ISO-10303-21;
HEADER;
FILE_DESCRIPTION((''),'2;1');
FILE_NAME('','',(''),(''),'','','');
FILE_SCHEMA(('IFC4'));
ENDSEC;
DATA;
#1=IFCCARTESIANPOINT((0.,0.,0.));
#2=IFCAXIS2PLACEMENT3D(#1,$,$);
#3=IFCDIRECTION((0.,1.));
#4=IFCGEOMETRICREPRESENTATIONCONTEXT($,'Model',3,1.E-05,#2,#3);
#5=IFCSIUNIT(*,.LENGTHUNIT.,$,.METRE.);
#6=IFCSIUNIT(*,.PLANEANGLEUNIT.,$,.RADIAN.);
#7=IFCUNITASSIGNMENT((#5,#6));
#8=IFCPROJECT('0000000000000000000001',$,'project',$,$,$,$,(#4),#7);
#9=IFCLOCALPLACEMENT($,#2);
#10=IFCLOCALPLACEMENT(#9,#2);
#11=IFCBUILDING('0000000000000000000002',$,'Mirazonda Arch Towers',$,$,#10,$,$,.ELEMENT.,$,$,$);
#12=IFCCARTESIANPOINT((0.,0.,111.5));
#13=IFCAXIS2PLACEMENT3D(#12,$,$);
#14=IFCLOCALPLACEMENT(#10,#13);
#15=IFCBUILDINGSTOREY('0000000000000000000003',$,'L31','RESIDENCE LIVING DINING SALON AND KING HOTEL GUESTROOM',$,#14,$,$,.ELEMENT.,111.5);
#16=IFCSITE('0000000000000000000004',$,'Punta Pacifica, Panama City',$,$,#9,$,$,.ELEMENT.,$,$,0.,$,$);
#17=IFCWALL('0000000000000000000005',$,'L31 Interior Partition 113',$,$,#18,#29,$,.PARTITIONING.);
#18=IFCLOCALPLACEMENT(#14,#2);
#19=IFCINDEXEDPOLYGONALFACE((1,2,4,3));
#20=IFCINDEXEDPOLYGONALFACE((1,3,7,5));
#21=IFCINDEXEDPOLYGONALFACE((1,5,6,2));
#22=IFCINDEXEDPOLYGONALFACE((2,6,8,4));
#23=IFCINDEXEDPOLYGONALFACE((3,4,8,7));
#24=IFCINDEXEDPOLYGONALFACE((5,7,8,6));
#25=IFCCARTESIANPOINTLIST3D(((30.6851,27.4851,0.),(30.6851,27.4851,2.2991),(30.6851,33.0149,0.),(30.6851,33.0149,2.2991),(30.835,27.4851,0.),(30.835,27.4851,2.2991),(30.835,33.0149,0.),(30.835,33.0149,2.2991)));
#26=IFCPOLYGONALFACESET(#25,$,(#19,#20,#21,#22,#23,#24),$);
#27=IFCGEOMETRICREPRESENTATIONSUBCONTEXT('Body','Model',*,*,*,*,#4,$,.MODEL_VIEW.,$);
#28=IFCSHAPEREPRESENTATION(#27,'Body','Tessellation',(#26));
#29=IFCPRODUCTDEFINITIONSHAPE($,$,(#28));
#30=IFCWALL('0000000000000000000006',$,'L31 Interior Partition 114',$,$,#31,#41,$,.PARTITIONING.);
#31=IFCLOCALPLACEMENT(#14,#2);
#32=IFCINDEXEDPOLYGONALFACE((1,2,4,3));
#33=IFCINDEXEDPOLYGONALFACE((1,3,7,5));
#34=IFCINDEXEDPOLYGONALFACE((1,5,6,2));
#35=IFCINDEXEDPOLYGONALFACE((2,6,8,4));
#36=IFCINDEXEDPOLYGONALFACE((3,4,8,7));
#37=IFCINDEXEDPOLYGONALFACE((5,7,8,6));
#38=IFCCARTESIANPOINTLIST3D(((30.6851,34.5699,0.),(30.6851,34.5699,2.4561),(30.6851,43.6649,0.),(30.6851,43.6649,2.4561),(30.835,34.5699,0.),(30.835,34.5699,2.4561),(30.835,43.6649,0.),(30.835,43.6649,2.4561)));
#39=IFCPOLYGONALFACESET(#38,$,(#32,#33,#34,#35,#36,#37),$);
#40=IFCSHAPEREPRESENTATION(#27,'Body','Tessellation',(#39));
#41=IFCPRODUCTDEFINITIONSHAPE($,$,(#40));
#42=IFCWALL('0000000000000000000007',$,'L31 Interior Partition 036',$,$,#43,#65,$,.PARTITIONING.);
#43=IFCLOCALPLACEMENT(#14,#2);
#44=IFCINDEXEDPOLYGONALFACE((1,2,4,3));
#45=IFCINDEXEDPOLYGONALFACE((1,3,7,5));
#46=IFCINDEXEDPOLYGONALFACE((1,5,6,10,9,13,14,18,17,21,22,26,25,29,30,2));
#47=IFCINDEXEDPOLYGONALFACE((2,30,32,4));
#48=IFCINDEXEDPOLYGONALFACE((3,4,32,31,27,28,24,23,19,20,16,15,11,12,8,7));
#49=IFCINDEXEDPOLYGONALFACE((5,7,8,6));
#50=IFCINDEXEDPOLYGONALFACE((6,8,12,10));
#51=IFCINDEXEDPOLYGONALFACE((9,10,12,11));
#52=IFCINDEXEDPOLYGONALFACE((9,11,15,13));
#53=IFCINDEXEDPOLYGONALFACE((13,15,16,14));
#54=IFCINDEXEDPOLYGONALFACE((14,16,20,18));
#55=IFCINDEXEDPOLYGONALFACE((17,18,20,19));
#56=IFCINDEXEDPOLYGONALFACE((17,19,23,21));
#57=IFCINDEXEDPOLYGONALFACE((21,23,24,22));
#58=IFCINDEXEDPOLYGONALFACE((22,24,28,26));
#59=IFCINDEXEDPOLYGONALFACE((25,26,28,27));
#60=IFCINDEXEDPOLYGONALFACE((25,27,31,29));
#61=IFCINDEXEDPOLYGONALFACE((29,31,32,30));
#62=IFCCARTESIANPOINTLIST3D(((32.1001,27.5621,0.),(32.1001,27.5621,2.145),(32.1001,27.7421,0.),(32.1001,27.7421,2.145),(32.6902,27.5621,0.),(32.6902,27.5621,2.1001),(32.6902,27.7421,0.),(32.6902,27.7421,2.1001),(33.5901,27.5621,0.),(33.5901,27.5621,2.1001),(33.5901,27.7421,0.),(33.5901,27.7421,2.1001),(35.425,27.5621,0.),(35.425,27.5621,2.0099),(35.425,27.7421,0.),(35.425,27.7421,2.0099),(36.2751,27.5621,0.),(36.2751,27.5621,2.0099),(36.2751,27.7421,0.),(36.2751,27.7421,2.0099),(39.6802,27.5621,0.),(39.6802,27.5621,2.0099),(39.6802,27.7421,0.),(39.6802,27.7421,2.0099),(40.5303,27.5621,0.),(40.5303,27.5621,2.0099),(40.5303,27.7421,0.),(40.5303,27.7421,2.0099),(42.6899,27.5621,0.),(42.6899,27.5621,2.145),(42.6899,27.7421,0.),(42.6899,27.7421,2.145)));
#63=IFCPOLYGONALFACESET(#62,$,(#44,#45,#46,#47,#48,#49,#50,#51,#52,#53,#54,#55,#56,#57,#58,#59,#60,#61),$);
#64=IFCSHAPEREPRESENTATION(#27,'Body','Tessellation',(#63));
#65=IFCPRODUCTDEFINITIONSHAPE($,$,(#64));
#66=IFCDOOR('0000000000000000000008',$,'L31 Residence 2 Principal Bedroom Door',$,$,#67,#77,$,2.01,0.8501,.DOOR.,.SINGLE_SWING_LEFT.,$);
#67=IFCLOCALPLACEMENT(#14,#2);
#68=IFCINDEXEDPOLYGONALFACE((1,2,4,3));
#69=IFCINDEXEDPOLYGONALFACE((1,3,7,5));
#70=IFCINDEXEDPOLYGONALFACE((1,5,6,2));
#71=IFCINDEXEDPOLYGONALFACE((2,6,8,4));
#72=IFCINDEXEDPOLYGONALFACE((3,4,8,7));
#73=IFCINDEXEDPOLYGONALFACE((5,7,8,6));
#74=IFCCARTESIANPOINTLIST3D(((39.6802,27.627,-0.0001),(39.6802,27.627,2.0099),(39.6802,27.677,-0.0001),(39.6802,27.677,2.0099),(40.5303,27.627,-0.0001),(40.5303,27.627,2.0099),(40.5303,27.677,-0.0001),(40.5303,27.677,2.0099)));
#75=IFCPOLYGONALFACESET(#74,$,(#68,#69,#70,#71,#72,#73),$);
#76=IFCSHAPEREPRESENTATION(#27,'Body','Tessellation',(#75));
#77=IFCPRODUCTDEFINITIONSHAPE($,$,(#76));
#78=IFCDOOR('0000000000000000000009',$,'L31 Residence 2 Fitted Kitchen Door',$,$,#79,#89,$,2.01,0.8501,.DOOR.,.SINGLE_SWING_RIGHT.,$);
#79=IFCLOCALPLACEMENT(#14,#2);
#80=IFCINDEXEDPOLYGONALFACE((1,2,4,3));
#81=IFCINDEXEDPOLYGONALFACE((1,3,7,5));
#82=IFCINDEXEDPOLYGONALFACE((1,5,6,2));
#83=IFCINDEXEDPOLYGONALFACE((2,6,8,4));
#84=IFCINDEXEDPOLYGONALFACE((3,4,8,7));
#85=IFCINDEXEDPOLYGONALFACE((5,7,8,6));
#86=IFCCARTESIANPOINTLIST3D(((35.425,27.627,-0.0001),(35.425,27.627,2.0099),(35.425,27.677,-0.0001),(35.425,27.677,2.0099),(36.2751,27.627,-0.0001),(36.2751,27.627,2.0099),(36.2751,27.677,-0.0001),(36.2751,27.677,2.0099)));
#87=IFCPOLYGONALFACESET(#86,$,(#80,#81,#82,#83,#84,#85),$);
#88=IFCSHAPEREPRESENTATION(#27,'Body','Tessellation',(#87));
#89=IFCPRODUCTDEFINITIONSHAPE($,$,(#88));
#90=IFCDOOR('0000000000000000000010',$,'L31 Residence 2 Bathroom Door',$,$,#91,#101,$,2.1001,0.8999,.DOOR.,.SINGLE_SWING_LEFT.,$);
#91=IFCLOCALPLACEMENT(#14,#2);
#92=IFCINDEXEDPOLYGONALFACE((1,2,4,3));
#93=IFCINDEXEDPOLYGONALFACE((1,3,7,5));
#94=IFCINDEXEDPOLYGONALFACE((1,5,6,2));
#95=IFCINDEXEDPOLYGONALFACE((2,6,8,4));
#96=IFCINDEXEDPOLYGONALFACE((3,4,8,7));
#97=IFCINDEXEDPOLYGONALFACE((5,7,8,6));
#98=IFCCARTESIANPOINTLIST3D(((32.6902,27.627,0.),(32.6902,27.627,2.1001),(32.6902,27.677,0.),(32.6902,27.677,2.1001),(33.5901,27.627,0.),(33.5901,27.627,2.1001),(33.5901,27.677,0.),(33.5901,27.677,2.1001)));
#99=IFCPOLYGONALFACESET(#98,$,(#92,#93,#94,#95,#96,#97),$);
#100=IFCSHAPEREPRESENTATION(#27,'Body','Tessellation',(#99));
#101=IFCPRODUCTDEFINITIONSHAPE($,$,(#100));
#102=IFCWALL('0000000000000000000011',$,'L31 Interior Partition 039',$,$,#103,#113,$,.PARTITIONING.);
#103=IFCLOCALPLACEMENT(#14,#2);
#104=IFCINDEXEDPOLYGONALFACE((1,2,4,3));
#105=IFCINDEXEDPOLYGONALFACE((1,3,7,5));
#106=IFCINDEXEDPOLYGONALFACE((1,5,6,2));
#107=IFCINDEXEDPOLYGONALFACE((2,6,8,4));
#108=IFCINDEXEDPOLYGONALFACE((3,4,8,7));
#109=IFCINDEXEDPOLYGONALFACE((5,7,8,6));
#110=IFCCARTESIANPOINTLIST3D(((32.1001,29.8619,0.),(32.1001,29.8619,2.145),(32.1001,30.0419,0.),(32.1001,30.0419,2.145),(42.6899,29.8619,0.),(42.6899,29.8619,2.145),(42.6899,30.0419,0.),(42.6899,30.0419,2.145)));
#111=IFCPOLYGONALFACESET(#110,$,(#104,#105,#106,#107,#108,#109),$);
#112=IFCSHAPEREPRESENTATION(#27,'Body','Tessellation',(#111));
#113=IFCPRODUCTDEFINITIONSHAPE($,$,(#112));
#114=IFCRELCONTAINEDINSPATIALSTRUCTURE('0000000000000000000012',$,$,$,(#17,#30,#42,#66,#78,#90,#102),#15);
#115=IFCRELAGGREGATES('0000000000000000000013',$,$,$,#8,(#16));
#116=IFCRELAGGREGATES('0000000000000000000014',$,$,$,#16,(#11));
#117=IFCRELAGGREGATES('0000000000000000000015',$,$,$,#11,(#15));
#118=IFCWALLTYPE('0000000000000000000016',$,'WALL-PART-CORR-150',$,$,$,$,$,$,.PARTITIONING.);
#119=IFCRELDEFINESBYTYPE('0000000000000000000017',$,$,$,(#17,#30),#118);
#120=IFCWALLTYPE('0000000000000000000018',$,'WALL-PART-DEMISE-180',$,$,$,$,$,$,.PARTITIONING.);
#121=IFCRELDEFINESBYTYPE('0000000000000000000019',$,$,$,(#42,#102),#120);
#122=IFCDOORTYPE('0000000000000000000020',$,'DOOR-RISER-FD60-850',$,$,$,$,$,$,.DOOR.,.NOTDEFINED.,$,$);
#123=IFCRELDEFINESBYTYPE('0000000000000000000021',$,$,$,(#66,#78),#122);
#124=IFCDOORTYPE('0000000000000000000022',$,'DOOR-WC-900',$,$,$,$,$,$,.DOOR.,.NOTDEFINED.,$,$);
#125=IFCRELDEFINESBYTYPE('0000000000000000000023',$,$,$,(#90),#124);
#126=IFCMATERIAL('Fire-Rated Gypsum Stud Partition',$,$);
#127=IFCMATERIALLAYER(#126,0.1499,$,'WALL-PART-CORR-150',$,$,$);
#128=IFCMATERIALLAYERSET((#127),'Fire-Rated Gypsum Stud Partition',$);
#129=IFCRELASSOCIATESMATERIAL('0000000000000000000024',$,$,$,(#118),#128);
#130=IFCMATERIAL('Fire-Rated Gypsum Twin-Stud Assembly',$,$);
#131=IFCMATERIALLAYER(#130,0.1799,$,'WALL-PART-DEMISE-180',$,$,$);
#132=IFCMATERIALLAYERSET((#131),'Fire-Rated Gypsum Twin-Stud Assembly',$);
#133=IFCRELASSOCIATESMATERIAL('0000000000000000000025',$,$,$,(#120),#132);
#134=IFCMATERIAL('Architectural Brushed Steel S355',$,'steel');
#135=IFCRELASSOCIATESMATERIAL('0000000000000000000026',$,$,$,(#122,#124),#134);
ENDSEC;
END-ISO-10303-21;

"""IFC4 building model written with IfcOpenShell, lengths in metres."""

from ifc_helpers import new_model, si_unit, direction, frame, frame_2d, origin, place, context, subcontext, project, spatial, rectangle, extrude, material, layer, layer_set, type_object, element, fill, save


model = new_model("IFC4")

# Units and contexts
model_context = context("Model", 3, precision=1e-05, world=origin(), true_north=direction((0.0, 1.0)))
body_context = subcontext(model_context, "Body", "Model", "MODEL_VIEW")
ifc_project = project(units=[si_unit("LENGTHUNIT", "METRE"), si_unit("PLANEANGLEUNIT", "RADIAN")], contexts=[model_context])

# Site, building, storey
site_placement = place(None, origin())
site = spatial("IfcSite", under=ifc_project, at=site_placement, Name="Punta Pacifica, Panama City", CompositionType="ELEMENT", RefElevation=0.0)
building_placement = place(site_placement, origin())
building = spatial("IfcBuilding", under=site, at=building_placement, Name="Mirazonda Arch Towers", CompositionType="ELEMENT")
storey_placement = place(building_placement, frame((0.0, 0.0, 111.5)))
storey = spatial("IfcBuildingStorey", under=building, at=storey_placement, Name="L31", Description="RESIDENCE LIVING DINING SALON AND KING HOTEL GUESTROOM", CompositionType="ELEMENT", Elevation=111.5)

# Walls
ifc_material_1 = material(Name="Fire-Rated Gypsum Stud Partition")
ifc_layer_1 = layer(ifc_material_1, 0.1499, Name="WALL-PART-CORR-150")
ifc_layer_set_1 = layer_set([ifc_layer_1], Name="Fire-Rated Gypsum Stud Partition")
wall_type_1 = type_object("IfcWallType", Name="WALL-PART-CORR-150", PredefinedType="PARTITIONING", material=ifc_layer_set_1)
wall_1_placement = place(storey_placement, frame((30.76, 27.4851, 0.0), z_axis=(0.0, 0.0, 1.0), x_axis=(0.0, 1.0, 0.0)))
element("IfcWall", 1, at=wall_1_placement, inside=storey, type_object=wall_type_1, Name="L31 Interior Partition 113", PredefinedType="PARTITIONING", context=body_context, shape_type="SweptSolid", body=[
    extrude(rectangle(XDim=5.5298, YDim=0.1499, at=frame_2d((2.7649, 0.0))), origin(), (0.0, 0.0, 1.0), 2.2991),
])
wall_2_placement = place(storey_placement, frame((30.76, 34.5701, 0.0), z_axis=(0.0, 0.0, 1.0), x_axis=(0.0, 1.0, 0.0)))
element("IfcWall", 2, at=wall_2_placement, inside=storey, type_object=wall_type_1, Name="L31 Interior Partition 114", PredefinedType="PARTITIONING", context=body_context, shape_type="SweptSolid", body=[
    extrude(rectangle(XDim=9.095, YDim=0.1499, at=frame_2d((4.5474, 0.0))), origin(), (0.0, 0.0, 1.0), 2.4561),
])

# Wall, openings, doors
ifc_material_2 = material(Name="Fire-Rated Gypsum Twin-Stud Assembly")
ifc_layer_2 = layer(ifc_material_2, 0.1799, Name="WALL-PART-DEMISE-180")
ifc_layer_set_2 = layer_set([ifc_layer_2], Name="Fire-Rated Gypsum Twin-Stud Assembly")
wall_type_2 = type_object("IfcWallType", Name="WALL-PART-DEMISE-180", PredefinedType="PARTITIONING", material=ifc_layer_set_2)
wall_3_placement = place(storey_placement, frame((32.1001, 27.6521, 0.0), z_axis=(0.0, 0.0, 1.0), x_axis=(1.0, 0.0, 0.0)))
wall_3 = element("IfcWall", 3, at=wall_3_placement, inside=storey, type_object=wall_type_2, Name="L31 Interior Partition 036", PredefinedType="PARTITIONING", context=body_context, shape_type="SweptSolid", body=[
    extrude(rectangle(XDim=10.5898, YDim=0.1799, at=frame_2d((5.2949, 0.0))), origin(), (0.0, 0.0, 1.0), 2.145),
])
opening_1_placement = place(wall_3_placement, frame((7.5801, 0.0, 0.0)))
opening_1 = element("IfcOpeningElement", 4, at=opening_1_placement, cuts=wall_3, PredefinedType="OPENING", context=body_context, shape_type="SweptSolid", body=[
    extrude(rectangle(XDim=0.8501, YDim=2.01, at=frame_2d((0.425, 1.0049))), frame((0.0, 0.0999, 0.0), z_axis=(0.0, -1.0, 0.0), x_axis=(1.0, 0.0, 0.0)), (0.0, 0.0, 1.0), 0.2),
])
opening_2_placement = place(wall_3_placement, frame((3.325, 0.0, 0.0)))
opening_2 = element("IfcOpeningElement", 5, at=opening_2_placement, cuts=wall_3, PredefinedType="OPENING", context=body_context, shape_type="SweptSolid", body=[
    extrude(rectangle(XDim=0.8501, YDim=2.01, at=frame_2d((0.425, 1.0049))), frame((0.0, 0.0999, 0.0), z_axis=(0.0, -1.0, 0.0), x_axis=(1.0, 0.0, 0.0)), (0.0, 0.0, 1.0), 0.2),
])
opening_3_placement = place(wall_3_placement, frame((0.5901, 0.0, 0.0)))
opening_3 = element("IfcOpeningElement", 6, at=opening_3_placement, cuts=wall_3, PredefinedType="OPENING", context=body_context, shape_type="SweptSolid", body=[
    extrude(rectangle(XDim=0.8999, YDim=2.1001, at=frame_2d((0.45, 1.05))), frame((0.0, 0.0999, 0.0), z_axis=(0.0, -1.0, 0.0), x_axis=(1.0, 0.0, 0.0)), (0.0, 0.0, 1.0), 0.2),
])
ifc_material_3 = material(Name="Architectural Brushed Steel S355", Category="steel")
door_type_1 = type_object("IfcDoorType", Name="DOOR-RISER-FD60-850", OperationType="NOTDEFINED", PredefinedType="DOOR", material=ifc_material_3)
door_1_placement = place(opening_1_placement, origin())
door_1 = element("IfcDoor", 7, at=door_1_placement, inside=storey, type_object=door_type_1, Name="L31 Residence 2 Principal Bedroom Door", OperationType="SINGLE_SWING_LEFT", OverallHeight=2.01, OverallWidth=0.8501, PredefinedType="DOOR", context=body_context, shape_type="SweptSolid", body=[
    extrude(rectangle(XDim=0.8501, YDim=2.01, at=frame_2d((0.425, 1.0049))), frame((0.0, 0.0249, 0.0), z_axis=(0.0, -1.0, 0.0), x_axis=(1.0, 0.0, 0.0)), (0.0, 0.0, 1.0), 0.05),
])
fill(opening_1, door_1)
door_2_placement = place(opening_2_placement, origin())
door_2 = element("IfcDoor", 8, at=door_2_placement, inside=storey, type_object=door_type_1, Name="L31 Residence 2 Fitted Kitchen Door", OperationType="SINGLE_SWING_RIGHT", OverallHeight=2.01, OverallWidth=0.8501, PredefinedType="DOOR", context=body_context, shape_type="SweptSolid", body=[
    extrude(rectangle(XDim=0.8501, YDim=2.01, at=frame_2d((0.425, 1.0049))), frame((0.0, 0.0249, 0.0), z_axis=(0.0, -1.0, 0.0), x_axis=(1.0, 0.0, 0.0)), (0.0, 0.0, 1.0), 0.05),
])
fill(opening_2, door_2)
door_type_2 = type_object("IfcDoorType", Name="DOOR-WC-900", OperationType="NOTDEFINED", PredefinedType="DOOR", material=ifc_material_3)
door_3_placement = place(opening_3_placement, origin())
door_3 = element("IfcDoor", 9, at=door_3_placement, inside=storey, type_object=door_type_2, Name="L31 Residence 2 Bathroom Door", OperationType="SINGLE_SWING_LEFT", OverallHeight=2.1001, OverallWidth=0.8999, PredefinedType="DOOR", context=body_context, shape_type="SweptSolid", body=[
    extrude(rectangle(XDim=0.8999, YDim=2.1001, at=frame_2d((0.45, 1.05))), frame((0.0, 0.0249, 0.0), z_axis=(0.0, -1.0, 0.0), x_axis=(1.0, 0.0, 0.0)), (0.0, 0.0, 1.0), 0.05),
])
fill(opening_3, door_3)

# Wall
wall_4_placement = place(storey_placement, frame((32.1001, 29.9519, 0.0), z_axis=(0.0, 0.0, 1.0), x_axis=(1.0, 0.0, 0.0)))
element("IfcWall", 10, at=wall_4_placement, inside=storey, type_object=wall_type_2, Name="L31 Interior Partition 039", PredefinedType="PARTITIONING", context=body_context, shape_type="SweptSolid", body=[
    extrude(rectangle(XDim=10.5898, YDim=0.1799, at=frame_2d((5.2949, 0.0))), origin(), (0.0, 0.0, 1.0), 2.145),
])

save(model, "model.ifc")
